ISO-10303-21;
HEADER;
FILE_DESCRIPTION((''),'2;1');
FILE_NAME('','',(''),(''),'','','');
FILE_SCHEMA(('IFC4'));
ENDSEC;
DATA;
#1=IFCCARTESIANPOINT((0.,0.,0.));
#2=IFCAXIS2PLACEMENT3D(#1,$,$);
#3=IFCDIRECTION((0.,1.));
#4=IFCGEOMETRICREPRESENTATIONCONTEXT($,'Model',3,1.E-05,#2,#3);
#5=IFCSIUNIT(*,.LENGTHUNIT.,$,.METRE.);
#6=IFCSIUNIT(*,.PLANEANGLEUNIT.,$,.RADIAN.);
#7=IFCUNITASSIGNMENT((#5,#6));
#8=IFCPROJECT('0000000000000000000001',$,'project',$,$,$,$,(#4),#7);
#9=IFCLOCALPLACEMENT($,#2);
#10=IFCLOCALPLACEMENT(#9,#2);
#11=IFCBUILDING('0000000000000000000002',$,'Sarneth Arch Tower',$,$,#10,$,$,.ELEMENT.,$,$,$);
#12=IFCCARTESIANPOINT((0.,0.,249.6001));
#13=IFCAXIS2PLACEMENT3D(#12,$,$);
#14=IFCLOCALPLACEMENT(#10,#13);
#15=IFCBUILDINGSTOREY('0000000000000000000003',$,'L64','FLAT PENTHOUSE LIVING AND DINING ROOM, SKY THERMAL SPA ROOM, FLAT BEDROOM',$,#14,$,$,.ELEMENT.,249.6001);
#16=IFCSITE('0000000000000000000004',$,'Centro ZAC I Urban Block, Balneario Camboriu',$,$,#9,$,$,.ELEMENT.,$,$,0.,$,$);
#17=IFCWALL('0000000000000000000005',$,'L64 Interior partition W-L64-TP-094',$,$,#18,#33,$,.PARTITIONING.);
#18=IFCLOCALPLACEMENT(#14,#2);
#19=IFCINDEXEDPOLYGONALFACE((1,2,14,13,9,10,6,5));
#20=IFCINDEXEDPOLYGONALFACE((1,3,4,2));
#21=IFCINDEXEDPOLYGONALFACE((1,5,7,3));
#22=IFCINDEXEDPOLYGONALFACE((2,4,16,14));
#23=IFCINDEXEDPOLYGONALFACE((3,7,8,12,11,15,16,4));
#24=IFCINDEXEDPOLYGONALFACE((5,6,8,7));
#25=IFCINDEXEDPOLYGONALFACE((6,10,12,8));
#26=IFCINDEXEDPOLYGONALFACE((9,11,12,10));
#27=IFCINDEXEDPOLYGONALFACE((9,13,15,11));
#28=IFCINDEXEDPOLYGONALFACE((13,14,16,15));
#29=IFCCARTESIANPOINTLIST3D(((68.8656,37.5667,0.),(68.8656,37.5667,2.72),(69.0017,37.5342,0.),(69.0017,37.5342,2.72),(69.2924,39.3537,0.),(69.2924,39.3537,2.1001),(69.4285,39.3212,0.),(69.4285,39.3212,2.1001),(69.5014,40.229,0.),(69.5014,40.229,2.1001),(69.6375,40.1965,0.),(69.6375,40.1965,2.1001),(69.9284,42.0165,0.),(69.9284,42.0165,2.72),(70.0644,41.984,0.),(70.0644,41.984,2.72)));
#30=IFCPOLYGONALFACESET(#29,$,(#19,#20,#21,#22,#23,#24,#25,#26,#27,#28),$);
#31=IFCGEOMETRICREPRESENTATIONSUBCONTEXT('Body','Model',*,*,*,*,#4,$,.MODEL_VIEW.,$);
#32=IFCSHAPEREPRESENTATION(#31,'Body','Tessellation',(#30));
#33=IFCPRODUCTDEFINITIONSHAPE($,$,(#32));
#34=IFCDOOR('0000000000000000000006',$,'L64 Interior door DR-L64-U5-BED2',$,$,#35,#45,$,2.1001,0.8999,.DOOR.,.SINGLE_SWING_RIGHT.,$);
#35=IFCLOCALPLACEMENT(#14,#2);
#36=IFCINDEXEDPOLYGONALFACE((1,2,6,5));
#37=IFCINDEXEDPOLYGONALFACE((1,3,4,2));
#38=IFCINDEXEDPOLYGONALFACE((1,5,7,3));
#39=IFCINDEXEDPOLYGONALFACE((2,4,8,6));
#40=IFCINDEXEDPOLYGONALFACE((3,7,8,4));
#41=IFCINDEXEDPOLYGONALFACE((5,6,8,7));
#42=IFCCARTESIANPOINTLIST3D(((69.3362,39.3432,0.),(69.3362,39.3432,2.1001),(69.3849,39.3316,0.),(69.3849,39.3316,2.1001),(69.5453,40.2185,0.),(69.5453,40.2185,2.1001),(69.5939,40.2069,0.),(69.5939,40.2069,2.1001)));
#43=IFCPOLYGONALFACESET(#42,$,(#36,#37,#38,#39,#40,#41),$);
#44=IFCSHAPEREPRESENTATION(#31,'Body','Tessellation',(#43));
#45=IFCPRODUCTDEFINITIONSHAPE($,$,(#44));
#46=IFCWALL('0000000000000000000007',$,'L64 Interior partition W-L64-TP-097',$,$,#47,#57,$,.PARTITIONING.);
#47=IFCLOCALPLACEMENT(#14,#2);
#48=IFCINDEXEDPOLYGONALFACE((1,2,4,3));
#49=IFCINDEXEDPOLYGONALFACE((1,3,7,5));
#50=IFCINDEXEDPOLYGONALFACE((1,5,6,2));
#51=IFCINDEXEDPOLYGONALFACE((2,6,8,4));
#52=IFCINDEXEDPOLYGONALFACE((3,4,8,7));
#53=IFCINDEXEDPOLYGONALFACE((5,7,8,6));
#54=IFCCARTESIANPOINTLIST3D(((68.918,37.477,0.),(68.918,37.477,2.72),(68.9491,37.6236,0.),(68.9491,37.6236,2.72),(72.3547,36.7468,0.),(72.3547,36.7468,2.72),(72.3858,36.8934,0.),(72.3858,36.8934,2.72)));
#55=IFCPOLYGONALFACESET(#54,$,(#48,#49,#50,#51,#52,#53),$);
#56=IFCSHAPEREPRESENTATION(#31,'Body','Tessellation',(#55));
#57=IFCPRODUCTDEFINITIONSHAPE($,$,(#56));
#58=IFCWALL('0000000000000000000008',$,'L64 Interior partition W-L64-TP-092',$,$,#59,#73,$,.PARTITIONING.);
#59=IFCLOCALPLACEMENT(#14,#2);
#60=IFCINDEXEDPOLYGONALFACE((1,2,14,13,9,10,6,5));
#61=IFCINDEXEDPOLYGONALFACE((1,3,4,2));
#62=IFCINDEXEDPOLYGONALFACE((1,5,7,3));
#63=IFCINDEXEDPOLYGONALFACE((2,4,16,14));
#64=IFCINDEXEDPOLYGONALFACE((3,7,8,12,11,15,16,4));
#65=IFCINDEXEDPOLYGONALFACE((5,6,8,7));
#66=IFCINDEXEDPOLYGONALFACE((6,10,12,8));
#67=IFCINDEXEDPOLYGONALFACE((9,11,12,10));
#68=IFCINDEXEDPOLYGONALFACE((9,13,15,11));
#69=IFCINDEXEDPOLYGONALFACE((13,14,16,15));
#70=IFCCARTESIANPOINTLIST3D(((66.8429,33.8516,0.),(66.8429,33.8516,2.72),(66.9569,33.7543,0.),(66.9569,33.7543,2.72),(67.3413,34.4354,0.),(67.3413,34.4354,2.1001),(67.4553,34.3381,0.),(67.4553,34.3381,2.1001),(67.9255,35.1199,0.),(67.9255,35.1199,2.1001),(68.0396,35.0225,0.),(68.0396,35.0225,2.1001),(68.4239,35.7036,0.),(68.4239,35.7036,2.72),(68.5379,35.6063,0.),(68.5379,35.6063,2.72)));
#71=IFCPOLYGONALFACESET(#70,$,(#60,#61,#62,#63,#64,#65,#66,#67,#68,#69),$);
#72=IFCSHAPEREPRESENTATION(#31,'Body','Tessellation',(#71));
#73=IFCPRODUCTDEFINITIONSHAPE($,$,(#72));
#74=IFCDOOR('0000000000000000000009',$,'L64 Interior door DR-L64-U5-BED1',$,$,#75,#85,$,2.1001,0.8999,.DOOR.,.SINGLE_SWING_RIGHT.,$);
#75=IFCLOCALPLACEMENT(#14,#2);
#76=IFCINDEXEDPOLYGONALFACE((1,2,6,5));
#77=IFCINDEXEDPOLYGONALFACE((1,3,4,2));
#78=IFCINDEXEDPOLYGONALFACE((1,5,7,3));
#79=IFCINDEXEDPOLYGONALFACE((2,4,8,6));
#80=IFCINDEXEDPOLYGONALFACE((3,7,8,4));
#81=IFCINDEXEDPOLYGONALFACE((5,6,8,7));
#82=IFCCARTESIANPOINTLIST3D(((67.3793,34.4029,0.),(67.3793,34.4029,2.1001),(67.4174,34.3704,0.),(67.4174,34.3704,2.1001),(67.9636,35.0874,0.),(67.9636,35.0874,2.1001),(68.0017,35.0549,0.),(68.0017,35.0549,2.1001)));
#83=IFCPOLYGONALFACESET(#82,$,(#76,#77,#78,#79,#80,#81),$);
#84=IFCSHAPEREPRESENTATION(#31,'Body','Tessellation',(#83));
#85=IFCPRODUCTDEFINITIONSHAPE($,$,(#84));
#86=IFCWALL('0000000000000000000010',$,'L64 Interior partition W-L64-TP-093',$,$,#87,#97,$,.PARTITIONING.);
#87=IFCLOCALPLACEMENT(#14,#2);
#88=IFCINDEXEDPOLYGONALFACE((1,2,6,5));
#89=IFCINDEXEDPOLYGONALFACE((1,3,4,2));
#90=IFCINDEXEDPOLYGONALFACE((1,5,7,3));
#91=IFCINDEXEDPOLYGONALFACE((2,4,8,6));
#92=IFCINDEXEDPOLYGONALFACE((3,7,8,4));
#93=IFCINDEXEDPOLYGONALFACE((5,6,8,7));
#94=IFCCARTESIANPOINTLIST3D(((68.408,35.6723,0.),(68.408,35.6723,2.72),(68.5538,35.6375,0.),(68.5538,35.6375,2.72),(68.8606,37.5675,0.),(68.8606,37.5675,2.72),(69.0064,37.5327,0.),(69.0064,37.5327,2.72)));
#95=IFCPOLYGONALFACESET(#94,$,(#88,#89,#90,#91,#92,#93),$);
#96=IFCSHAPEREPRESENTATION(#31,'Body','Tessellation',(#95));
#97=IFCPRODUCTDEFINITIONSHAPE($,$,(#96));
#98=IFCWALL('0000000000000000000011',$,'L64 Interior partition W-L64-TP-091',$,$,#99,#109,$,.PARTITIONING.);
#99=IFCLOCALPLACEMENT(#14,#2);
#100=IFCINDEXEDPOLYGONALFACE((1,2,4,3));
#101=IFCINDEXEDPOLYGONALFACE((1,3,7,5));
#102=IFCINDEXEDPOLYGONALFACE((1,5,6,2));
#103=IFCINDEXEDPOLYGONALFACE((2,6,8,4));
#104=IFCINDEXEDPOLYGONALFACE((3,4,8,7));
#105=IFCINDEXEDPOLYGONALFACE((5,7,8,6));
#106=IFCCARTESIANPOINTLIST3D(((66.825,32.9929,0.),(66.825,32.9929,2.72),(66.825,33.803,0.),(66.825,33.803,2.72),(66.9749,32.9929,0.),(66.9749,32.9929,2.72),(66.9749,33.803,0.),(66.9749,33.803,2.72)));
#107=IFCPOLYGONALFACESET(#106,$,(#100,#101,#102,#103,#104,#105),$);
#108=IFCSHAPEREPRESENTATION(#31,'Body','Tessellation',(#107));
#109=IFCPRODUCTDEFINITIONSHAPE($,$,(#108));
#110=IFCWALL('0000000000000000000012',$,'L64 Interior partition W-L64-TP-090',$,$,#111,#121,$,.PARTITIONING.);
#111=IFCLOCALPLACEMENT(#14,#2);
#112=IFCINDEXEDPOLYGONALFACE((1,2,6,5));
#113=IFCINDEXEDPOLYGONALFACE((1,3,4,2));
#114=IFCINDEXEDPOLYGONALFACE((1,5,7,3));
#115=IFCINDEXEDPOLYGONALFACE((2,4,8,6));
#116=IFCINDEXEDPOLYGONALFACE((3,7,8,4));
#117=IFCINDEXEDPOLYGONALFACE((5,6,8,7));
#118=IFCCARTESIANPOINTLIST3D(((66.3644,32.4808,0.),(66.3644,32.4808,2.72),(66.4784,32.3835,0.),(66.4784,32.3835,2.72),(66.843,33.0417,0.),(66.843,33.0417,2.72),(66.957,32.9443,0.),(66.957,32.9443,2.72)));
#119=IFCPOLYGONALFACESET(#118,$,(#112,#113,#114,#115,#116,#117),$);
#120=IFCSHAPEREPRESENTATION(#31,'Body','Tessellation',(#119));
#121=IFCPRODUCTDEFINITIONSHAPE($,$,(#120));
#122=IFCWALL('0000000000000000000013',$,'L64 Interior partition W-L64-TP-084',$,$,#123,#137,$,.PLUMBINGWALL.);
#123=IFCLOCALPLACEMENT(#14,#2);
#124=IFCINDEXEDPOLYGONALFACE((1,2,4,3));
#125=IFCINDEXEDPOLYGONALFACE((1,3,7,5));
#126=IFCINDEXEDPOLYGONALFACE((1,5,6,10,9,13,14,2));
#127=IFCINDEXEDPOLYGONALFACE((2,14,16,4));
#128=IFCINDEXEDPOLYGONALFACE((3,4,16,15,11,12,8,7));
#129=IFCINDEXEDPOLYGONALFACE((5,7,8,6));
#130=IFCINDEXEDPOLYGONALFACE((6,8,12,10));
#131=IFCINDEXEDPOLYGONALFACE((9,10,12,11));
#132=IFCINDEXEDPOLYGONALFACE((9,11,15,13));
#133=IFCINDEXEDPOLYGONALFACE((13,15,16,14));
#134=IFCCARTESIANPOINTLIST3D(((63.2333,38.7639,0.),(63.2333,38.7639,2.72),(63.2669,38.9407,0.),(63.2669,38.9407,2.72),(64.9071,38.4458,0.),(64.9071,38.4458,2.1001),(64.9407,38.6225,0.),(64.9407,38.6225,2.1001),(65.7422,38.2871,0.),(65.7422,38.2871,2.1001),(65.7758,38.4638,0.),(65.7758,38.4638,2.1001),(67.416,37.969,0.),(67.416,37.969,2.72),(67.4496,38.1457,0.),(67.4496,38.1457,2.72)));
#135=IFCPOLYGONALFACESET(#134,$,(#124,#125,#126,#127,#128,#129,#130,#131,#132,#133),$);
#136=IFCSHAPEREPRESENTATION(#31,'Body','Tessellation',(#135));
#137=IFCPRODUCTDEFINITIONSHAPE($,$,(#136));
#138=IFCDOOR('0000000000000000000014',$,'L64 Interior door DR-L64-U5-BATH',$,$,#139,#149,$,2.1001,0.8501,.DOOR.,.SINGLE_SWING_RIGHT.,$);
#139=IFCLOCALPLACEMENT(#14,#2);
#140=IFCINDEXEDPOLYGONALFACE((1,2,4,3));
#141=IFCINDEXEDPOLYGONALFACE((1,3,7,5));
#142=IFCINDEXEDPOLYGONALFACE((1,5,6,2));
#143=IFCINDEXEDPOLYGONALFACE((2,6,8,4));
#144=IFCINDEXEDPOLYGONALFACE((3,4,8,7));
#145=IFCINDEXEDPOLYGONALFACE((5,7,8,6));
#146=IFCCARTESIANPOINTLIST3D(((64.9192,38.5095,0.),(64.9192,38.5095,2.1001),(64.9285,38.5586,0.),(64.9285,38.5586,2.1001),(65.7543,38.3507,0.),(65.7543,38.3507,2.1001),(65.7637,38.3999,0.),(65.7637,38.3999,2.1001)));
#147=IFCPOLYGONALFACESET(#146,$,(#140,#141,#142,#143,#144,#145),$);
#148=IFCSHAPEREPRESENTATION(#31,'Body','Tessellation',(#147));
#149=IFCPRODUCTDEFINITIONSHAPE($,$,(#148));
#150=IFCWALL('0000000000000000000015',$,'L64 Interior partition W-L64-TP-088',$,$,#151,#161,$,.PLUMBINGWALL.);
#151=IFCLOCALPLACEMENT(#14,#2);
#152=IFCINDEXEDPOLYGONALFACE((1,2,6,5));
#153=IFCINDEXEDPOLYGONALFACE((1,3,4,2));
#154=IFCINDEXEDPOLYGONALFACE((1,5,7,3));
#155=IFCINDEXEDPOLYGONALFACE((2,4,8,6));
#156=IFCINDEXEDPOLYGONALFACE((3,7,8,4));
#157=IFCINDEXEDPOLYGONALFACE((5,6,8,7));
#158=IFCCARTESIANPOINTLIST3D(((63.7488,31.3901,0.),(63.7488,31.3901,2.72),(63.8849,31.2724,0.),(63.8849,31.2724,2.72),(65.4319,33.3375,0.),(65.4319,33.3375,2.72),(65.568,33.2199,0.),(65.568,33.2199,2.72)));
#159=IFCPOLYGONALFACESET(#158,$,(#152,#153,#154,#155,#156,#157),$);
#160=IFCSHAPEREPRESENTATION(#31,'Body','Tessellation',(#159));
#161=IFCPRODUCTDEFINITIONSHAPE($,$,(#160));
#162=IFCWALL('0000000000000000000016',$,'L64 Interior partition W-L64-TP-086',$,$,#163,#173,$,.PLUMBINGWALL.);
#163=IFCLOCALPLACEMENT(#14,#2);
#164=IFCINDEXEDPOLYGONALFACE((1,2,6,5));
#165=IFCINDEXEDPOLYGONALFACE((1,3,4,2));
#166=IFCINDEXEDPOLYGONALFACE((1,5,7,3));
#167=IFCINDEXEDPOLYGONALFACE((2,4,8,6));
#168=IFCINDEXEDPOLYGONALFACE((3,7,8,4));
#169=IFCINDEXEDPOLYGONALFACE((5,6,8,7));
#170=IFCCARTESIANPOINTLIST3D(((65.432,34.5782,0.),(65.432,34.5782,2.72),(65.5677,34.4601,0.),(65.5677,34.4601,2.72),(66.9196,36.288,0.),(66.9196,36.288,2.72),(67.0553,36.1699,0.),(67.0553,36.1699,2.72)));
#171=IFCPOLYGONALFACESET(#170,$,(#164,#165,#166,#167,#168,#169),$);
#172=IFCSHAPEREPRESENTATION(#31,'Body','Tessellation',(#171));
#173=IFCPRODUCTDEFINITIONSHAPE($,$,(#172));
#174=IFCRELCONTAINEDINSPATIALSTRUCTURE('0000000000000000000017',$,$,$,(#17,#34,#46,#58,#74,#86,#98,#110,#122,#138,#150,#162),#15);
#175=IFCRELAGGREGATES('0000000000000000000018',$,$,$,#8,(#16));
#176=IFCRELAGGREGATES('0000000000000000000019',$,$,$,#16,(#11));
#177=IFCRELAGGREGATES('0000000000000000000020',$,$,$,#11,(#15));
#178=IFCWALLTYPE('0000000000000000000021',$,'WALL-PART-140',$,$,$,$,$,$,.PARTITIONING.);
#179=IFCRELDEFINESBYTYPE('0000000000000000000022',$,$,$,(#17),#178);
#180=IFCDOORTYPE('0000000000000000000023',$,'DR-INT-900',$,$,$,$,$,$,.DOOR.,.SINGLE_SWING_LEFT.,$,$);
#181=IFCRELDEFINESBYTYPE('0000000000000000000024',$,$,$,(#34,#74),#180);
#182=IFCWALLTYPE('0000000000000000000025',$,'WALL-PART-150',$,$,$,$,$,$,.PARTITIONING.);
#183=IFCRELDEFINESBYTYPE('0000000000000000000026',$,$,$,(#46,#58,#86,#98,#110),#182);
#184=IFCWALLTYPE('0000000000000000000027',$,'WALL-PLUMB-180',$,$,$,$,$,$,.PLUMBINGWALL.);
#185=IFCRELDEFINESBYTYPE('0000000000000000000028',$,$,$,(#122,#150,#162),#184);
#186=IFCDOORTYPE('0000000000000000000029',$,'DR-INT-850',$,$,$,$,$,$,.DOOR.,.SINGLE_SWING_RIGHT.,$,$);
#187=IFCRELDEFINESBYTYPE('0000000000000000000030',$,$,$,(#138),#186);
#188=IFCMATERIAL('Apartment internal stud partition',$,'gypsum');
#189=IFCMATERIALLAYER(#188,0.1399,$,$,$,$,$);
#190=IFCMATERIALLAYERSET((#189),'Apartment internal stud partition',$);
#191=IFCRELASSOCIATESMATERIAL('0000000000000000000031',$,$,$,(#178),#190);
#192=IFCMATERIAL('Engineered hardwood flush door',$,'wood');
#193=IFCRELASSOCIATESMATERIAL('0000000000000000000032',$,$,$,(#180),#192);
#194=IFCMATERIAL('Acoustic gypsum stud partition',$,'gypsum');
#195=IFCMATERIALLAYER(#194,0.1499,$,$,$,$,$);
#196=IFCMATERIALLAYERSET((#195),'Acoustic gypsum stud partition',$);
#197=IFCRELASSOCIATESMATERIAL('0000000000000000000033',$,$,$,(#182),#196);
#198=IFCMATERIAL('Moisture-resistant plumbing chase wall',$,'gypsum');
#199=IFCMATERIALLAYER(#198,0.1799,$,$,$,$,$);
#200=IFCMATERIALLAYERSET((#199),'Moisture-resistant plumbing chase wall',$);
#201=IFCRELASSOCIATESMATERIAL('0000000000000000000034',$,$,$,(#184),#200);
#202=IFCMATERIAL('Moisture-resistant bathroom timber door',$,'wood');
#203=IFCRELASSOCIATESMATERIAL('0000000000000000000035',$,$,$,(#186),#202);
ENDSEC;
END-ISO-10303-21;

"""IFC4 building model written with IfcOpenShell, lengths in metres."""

from ifc_helpers import new_model, si_unit, direction, frame, frame_2d, origin, place, context, subcontext, project, spatial, rectangle, extrude, material, layer, layer_set, type_object, element, fill, save


model = new_model("IFC4")

# Units and contexts
model_context = context("Model", 3, precision=1e-05, world=origin(), true_north=direction((0.0, 1.0)))
body_context = subcontext(model_context, "Body", "Model", "MODEL_VIEW")
ifc_project = project(units=[si_unit("LENGTHUNIT", "METRE"), si_unit("PLANEANGLEUNIT", "RADIAN")], contexts=[model_context])

# Site, building, storey
site_placement = place(None, origin())
site = spatial("IfcSite", under=ifc_project, at=site_placement, Name="Centro ZAC I Urban Block, Balneario Camboriu", CompositionType="ELEMENT", RefElevation=0.0)
building_placement = place(site_placement, origin())
building = spatial("IfcBuilding", under=site, at=building_placement, Name="Sarneth Arch Tower", CompositionType="ELEMENT")
storey_placement = place(building_placement, frame((0.0, 0.0, 249.6001)))
storey = spatial("IfcBuildingStorey", under=building, at=storey_placement, Name="L64", Description="FLAT PENTHOUSE LIVING AND DINING ROOM, SKY THERMAL SPA ROOM, FLAT BEDROOM", CompositionType="ELEMENT", Elevation=249.6001)

# Wall, opening, door
ifc_material_1 = material(Name="Apartment internal stud partition", Category="gypsum")
ifc_layer_1 = layer(ifc_material_1, 0.1399)
ifc_layer_set_1 = layer_set([ifc_layer_1], Name="Apartment internal stud partition")
wall_type_1 = type_object("IfcWallType", Name="WALL-PART-140", PredefinedType="PARTITIONING", material=ifc_layer_set_1)
wall_1_placement = place(storey_placement, frame((68.9336, 37.5503, 0.0), z_axis=(0.0, 0.0, 1.0), x_axis=(0.232301, 0.972644, 0.0)))
wall_1 = element("IfcWall", 1, at=wall_1_placement, inside=storey, type_object=wall_type_1, Name="L64 Interior partition W-L64-TP-094", PredefinedType="PARTITIONING", context=body_context, shape_type="SweptSolid", body=[
    extrude(rectangle(XDim=4.575, YDim=0.1399, at=frame_2d((2.2876, 0.0))), origin(), (0.0, 0.0, 1.0), 2.72),
])
opening_1_placement = place(wall_1_placement, frame((1.8374, 0.0, 0.0)))
opening_1 = element("IfcOpeningElement", 2, at=opening_1_placement, cuts=wall_1, PredefinedType="OPENING", context=body_context, shape_type="SweptSolid", body=[
    extrude(rectangle(XDim=0.8999, YDim=2.1001, at=frame_2d((0.45, 1.05))), frame((0.0, 0.0798, 0.0), z_axis=(0.0, -1.0, 0.0), x_axis=(1.0, 0.0, 0.0)), (0.0, 0.0, 1.0), 0.1599),
])
ifc_material_2 = material(Name="Engineered hardwood flush door", Category="wood")
door_type_1 = type_object("IfcDoorType", Name="DR-INT-900", OperationType="SINGLE_SWING_LEFT", PredefinedType="DOOR", material=ifc_material_2)
door_1_placement = place(opening_1_placement, origin())
door_1 = element("IfcDoor", 3, at=door_1_placement, inside=storey, type_object=door_type_1, Name="L64 Interior door DR-L64-U5-BED2", OperationType="SINGLE_SWING_RIGHT", OverallHeight=2.1001, OverallWidth=0.8999, PredefinedType="DOOR", context=body_context, shape_type="SweptSolid", body=[
    extrude(rectangle(XDim=0.8999, YDim=2.1001, at=frame_2d((0.45, 1.05))), frame((0.0, 0.0249, 0.0), z_axis=(0.0, -1.0, 0.0), x_axis=(1.0, 0.0, 0.0)), (0.0, 0.0, 1.0), 0.05),
])
fill(opening_1, door_1)

# Wall
ifc_material_3 = material(Name="Acoustic gypsum stud partition", Category="gypsum")
ifc_layer_2 = layer(ifc_material_3, 0.1499)
ifc_layer_set_2 = layer_set([ifc_layer_2], Name="Acoustic gypsum stud partition")
wall_type_2 = type_object("IfcWallType", Name="WALL-PART-150", PredefinedType="PARTITIONING", material=ifc_layer_set_2)
wall_2_placement = place(storey_placement, frame((72.3704, 36.8201, 0.0), z_axis=(0.0, 0.0, 1.0), x_axis=(-0.978164, 0.207835, 0.0)))
element("IfcWall", 4, at=wall_2_placement, inside=storey, type_object=wall_type_2, Name="L64 Interior partition W-L64-TP-097", PredefinedType="PARTITIONING", context=body_context, shape_type="SweptSolid", body=[
    extrude(rectangle(XDim=3.5134, YDim=0.1499, at=frame_2d((1.7568, 0.0))), origin(), (0.0, 0.0, 1.0), 2.72),
])

# Wall, opening, door
wall_3_placement = place(storey_placement, frame((66.8999, 33.803, 0.0), z_axis=(0.0, 0.0, 1.0), x_axis=(0.649271, 0.760557, 0.0)))
wall_3 = element("IfcWall", 5, at=wall_3_placement, inside=storey, type_object=wall_type_2, Name="L64 Interior partition W-L64-TP-092", PredefinedType="PARTITIONING", context=body_context, shape_type="SweptSolid", body=[
    extrude(rectangle(XDim=2.4351, YDim=0.1499, at=frame_2d((1.2175, 0.0))), origin(), (0.0, 0.0, 1.0), 2.72),
])
opening_2_placement = place(wall_3_placement, frame((0.7676, 0.0, 0.0)))
opening_2 = element("IfcOpeningElement", 6, at=opening_2_placement, cuts=wall_3, PredefinedType="OPENING", context=body_context, shape_type="SweptSolid", body=[
    extrude(rectangle(XDim=0.8999, YDim=2.1001, at=frame_2d((0.45, 1.05))), frame((0.0, 0.085, 0.0), z_axis=(0.0, -1.0, 0.0), x_axis=(1.0, 0.0, 0.0)), (0.0, 0.0, 1.0), 0.1699),
])
door_2_placement = place(opening_2_placement, origin())
door_2 = element("IfcDoor", 7, at=door_2_placement, inside=storey, type_object=door_type_1, Name="L64 Interior door DR-L64-U5-BED1", OperationType="SINGLE_SWING_RIGHT", OverallHeight=2.1001, OverallWidth=0.8999, PredefinedType="DOOR", context=body_context, shape_type="SweptSolid", body=[
    extrude(rectangle(XDim=0.8999, YDim=2.1001, at=frame_2d((0.45, 1.05))), frame((0.0, 0.0249, 0.0), z_axis=(0.0, -1.0, 0.0), x_axis=(1.0, 0.0, 0.0)), (0.0, 0.0, 1.0), 0.05),
])
fill(opening_2, door_2)

# Walls
wall_4_placement = place(storey_placement, frame((68.481, 35.655, 0.0), z_axis=(0.0, 0.0, 1.0), x_axis=(0.232292, 0.972646, 0.0)))
element("IfcWall", 8, at=wall_4_placement, inside=storey, type_object=wall_type_2, Name="L64 Interior partition W-L64-TP-093", PredefinedType="PARTITIONING", context=body_context, shape_type="SweptSolid", body=[
    extrude(rectangle(XDim=1.9485, YDim=0.1499, at=frame_2d((0.9741, 0.0))), origin(), (0.0, 0.0, 1.0), 2.72),
])
wall_5_placement = place(storey_placement, frame((66.8999, 32.9929, 0.0), z_axis=(0.0, 0.0, 1.0), x_axis=(0.0, 1.0, 0.0)))
element("IfcWall", 9, at=wall_5_placement, inside=storey, type_object=wall_type_2, Name="L64 Interior partition W-L64-TP-091", PredefinedType="PARTITIONING", context=body_context, shape_type="SweptSolid", body=[
    extrude(rectangle(XDim=0.8101, YDim=0.1499, at=frame_2d((0.405, 0.0))), origin(), (0.0, 0.0, 1.0), 2.72),
])
wall_6_placement = place(storey_placement, frame((66.4214, 32.4321, 0.0), z_axis=(0.0, 0.0, 1.0), x_axis=(0.649099, 0.760704, 0.0)))
element("IfcWall", 10, at=wall_6_placement, inside=storey, type_object=wall_type_2, Name="L64 Interior partition W-L64-TP-090", PredefinedType="PARTITIONING", context=body_context, shape_type="SweptSolid", body=[
    extrude(rectangle(XDim=0.7373, YDim=0.1499, at=frame_2d((0.3687, 0.0))), origin(), (0.0, 0.0, 1.0), 2.72),
])

# Wall, opening, door
ifc_material_4 = material(Name="Moisture-resistant plumbing chase wall", Category="gypsum")
ifc_layer_3 = layer(ifc_material_4, 0.1799)
ifc_layer_set_3 = layer_set([ifc_layer_3], Name="Moisture-resistant plumbing chase wall")
wall_type_3 = type_object("IfcWallType", Name="WALL-PLUMB-180", PredefinedType="PLUMBINGWALL", material=ifc_layer_set_3)
wall_7_placement = place(storey_placement, frame((63.25, 38.8523, 0.0), z_axis=(0.0, 0.0, 1.0), x_axis=(0.982415, -0.186712, 0.0)))
wall_7 = element("IfcWall", 11, at=wall_7_placement, inside=storey, type_object=wall_type_3, Name="L64 Interior partition W-L64-TP-084", PredefinedType="PLUMBINGWALL", context=body_context, shape_type="SweptSolid", body=[
    extrude(rectangle(XDim=4.2576, YDim=0.1799, at=frame_2d((2.1289, 0.0))), origin(), (0.0, 0.0, 1.0), 2.72),
])
opening_3_placement = place(wall_7_placement, frame((1.7039, 0.0, 0.0)))
opening_3 = element("IfcOpeningElement", 12, at=opening_3_placement, cuts=wall_7, PredefinedType="OPENING", context=body_context, shape_type="SweptSolid", body=[
    extrude(rectangle(XDim=0.8501, YDim=2.1001, at=frame_2d((0.425, 1.05))), frame((0.0, 0.0999, 0.0), z_axis=(0.0, -1.0, 0.0), x_axis=(1.0, 0.0, 0.0)), (0.0, 0.0, 1.0), 0.2),
])
ifc_material_5 = material(Name="Moisture-resistant bathroom timber door", Category="wood")
door_type_2 = type_object("IfcDoorType", Name="DR-INT-850", OperationType="SINGLE_SWING_RIGHT", PredefinedType="DOOR", material=ifc_material_5)
door_3_placement = place(opening_3_placement, origin())
door_3 = element("IfcDoor", 13, at=door_3_placement, inside=storey, type_object=door_type_2, Name="L64 Interior door DR-L64-U5-BATH", OperationType="SINGLE_SWING_RIGHT", OverallHeight=2.1001, OverallWidth=0.8501, PredefinedType="DOOR", context=body_context, shape_type="SweptSolid", body=[
    extrude(rectangle(XDim=0.8501, YDim=2.1001, at=frame_2d((0.425, 1.05))), frame((0.0, 0.0249, 0.0), z_axis=(0.0, -1.0, 0.0), x_axis=(1.0, 0.0, 0.0)), (0.0, 0.0, 1.0), 0.05),
])
fill(opening_3, door_3)

# Walls
wall_8_placement = place(storey_placement, frame((65.5, 33.2788, 0.0), z_axis=(0.0, 0.0, 1.0), x_axis=(-0.653879, -0.756599, 0.0)))
element("IfcWall", 14, at=wall_8_placement, inside=storey, type_object=wall_type_3, Name="L64 Interior partition W-L64-TP-088", PredefinedType="PLUMBINGWALL", context=body_context, shape_type="SweptSolid", body=[
    extrude(rectangle(XDim=2.574, YDim=0.1799, at=frame_2d((1.2871, 0.0))), origin(), (0.0, 0.0, 1.0), 2.72),
])
wall_9_placement = place(storey_placement, frame((66.9875, 36.229, 0.0), z_axis=(0.0, 0.0, 1.0), x_axis=(-0.656389, -0.754422, 0.0)))
element("IfcWall", 15, at=wall_9_placement, inside=storey, type_object=wall_type_3, Name="L64 Interior partition W-L64-TP-086", PredefinedType="PLUMBINGWALL", context=body_context, shape_type="SweptSolid", body=[
    extrude(rectangle(XDim=2.2664, YDim=0.1799, at=frame_2d((1.1333, 0.0))), origin(), (0.0, 0.0, 1.0), 2.72),
])

save(model, "model.ifc")
